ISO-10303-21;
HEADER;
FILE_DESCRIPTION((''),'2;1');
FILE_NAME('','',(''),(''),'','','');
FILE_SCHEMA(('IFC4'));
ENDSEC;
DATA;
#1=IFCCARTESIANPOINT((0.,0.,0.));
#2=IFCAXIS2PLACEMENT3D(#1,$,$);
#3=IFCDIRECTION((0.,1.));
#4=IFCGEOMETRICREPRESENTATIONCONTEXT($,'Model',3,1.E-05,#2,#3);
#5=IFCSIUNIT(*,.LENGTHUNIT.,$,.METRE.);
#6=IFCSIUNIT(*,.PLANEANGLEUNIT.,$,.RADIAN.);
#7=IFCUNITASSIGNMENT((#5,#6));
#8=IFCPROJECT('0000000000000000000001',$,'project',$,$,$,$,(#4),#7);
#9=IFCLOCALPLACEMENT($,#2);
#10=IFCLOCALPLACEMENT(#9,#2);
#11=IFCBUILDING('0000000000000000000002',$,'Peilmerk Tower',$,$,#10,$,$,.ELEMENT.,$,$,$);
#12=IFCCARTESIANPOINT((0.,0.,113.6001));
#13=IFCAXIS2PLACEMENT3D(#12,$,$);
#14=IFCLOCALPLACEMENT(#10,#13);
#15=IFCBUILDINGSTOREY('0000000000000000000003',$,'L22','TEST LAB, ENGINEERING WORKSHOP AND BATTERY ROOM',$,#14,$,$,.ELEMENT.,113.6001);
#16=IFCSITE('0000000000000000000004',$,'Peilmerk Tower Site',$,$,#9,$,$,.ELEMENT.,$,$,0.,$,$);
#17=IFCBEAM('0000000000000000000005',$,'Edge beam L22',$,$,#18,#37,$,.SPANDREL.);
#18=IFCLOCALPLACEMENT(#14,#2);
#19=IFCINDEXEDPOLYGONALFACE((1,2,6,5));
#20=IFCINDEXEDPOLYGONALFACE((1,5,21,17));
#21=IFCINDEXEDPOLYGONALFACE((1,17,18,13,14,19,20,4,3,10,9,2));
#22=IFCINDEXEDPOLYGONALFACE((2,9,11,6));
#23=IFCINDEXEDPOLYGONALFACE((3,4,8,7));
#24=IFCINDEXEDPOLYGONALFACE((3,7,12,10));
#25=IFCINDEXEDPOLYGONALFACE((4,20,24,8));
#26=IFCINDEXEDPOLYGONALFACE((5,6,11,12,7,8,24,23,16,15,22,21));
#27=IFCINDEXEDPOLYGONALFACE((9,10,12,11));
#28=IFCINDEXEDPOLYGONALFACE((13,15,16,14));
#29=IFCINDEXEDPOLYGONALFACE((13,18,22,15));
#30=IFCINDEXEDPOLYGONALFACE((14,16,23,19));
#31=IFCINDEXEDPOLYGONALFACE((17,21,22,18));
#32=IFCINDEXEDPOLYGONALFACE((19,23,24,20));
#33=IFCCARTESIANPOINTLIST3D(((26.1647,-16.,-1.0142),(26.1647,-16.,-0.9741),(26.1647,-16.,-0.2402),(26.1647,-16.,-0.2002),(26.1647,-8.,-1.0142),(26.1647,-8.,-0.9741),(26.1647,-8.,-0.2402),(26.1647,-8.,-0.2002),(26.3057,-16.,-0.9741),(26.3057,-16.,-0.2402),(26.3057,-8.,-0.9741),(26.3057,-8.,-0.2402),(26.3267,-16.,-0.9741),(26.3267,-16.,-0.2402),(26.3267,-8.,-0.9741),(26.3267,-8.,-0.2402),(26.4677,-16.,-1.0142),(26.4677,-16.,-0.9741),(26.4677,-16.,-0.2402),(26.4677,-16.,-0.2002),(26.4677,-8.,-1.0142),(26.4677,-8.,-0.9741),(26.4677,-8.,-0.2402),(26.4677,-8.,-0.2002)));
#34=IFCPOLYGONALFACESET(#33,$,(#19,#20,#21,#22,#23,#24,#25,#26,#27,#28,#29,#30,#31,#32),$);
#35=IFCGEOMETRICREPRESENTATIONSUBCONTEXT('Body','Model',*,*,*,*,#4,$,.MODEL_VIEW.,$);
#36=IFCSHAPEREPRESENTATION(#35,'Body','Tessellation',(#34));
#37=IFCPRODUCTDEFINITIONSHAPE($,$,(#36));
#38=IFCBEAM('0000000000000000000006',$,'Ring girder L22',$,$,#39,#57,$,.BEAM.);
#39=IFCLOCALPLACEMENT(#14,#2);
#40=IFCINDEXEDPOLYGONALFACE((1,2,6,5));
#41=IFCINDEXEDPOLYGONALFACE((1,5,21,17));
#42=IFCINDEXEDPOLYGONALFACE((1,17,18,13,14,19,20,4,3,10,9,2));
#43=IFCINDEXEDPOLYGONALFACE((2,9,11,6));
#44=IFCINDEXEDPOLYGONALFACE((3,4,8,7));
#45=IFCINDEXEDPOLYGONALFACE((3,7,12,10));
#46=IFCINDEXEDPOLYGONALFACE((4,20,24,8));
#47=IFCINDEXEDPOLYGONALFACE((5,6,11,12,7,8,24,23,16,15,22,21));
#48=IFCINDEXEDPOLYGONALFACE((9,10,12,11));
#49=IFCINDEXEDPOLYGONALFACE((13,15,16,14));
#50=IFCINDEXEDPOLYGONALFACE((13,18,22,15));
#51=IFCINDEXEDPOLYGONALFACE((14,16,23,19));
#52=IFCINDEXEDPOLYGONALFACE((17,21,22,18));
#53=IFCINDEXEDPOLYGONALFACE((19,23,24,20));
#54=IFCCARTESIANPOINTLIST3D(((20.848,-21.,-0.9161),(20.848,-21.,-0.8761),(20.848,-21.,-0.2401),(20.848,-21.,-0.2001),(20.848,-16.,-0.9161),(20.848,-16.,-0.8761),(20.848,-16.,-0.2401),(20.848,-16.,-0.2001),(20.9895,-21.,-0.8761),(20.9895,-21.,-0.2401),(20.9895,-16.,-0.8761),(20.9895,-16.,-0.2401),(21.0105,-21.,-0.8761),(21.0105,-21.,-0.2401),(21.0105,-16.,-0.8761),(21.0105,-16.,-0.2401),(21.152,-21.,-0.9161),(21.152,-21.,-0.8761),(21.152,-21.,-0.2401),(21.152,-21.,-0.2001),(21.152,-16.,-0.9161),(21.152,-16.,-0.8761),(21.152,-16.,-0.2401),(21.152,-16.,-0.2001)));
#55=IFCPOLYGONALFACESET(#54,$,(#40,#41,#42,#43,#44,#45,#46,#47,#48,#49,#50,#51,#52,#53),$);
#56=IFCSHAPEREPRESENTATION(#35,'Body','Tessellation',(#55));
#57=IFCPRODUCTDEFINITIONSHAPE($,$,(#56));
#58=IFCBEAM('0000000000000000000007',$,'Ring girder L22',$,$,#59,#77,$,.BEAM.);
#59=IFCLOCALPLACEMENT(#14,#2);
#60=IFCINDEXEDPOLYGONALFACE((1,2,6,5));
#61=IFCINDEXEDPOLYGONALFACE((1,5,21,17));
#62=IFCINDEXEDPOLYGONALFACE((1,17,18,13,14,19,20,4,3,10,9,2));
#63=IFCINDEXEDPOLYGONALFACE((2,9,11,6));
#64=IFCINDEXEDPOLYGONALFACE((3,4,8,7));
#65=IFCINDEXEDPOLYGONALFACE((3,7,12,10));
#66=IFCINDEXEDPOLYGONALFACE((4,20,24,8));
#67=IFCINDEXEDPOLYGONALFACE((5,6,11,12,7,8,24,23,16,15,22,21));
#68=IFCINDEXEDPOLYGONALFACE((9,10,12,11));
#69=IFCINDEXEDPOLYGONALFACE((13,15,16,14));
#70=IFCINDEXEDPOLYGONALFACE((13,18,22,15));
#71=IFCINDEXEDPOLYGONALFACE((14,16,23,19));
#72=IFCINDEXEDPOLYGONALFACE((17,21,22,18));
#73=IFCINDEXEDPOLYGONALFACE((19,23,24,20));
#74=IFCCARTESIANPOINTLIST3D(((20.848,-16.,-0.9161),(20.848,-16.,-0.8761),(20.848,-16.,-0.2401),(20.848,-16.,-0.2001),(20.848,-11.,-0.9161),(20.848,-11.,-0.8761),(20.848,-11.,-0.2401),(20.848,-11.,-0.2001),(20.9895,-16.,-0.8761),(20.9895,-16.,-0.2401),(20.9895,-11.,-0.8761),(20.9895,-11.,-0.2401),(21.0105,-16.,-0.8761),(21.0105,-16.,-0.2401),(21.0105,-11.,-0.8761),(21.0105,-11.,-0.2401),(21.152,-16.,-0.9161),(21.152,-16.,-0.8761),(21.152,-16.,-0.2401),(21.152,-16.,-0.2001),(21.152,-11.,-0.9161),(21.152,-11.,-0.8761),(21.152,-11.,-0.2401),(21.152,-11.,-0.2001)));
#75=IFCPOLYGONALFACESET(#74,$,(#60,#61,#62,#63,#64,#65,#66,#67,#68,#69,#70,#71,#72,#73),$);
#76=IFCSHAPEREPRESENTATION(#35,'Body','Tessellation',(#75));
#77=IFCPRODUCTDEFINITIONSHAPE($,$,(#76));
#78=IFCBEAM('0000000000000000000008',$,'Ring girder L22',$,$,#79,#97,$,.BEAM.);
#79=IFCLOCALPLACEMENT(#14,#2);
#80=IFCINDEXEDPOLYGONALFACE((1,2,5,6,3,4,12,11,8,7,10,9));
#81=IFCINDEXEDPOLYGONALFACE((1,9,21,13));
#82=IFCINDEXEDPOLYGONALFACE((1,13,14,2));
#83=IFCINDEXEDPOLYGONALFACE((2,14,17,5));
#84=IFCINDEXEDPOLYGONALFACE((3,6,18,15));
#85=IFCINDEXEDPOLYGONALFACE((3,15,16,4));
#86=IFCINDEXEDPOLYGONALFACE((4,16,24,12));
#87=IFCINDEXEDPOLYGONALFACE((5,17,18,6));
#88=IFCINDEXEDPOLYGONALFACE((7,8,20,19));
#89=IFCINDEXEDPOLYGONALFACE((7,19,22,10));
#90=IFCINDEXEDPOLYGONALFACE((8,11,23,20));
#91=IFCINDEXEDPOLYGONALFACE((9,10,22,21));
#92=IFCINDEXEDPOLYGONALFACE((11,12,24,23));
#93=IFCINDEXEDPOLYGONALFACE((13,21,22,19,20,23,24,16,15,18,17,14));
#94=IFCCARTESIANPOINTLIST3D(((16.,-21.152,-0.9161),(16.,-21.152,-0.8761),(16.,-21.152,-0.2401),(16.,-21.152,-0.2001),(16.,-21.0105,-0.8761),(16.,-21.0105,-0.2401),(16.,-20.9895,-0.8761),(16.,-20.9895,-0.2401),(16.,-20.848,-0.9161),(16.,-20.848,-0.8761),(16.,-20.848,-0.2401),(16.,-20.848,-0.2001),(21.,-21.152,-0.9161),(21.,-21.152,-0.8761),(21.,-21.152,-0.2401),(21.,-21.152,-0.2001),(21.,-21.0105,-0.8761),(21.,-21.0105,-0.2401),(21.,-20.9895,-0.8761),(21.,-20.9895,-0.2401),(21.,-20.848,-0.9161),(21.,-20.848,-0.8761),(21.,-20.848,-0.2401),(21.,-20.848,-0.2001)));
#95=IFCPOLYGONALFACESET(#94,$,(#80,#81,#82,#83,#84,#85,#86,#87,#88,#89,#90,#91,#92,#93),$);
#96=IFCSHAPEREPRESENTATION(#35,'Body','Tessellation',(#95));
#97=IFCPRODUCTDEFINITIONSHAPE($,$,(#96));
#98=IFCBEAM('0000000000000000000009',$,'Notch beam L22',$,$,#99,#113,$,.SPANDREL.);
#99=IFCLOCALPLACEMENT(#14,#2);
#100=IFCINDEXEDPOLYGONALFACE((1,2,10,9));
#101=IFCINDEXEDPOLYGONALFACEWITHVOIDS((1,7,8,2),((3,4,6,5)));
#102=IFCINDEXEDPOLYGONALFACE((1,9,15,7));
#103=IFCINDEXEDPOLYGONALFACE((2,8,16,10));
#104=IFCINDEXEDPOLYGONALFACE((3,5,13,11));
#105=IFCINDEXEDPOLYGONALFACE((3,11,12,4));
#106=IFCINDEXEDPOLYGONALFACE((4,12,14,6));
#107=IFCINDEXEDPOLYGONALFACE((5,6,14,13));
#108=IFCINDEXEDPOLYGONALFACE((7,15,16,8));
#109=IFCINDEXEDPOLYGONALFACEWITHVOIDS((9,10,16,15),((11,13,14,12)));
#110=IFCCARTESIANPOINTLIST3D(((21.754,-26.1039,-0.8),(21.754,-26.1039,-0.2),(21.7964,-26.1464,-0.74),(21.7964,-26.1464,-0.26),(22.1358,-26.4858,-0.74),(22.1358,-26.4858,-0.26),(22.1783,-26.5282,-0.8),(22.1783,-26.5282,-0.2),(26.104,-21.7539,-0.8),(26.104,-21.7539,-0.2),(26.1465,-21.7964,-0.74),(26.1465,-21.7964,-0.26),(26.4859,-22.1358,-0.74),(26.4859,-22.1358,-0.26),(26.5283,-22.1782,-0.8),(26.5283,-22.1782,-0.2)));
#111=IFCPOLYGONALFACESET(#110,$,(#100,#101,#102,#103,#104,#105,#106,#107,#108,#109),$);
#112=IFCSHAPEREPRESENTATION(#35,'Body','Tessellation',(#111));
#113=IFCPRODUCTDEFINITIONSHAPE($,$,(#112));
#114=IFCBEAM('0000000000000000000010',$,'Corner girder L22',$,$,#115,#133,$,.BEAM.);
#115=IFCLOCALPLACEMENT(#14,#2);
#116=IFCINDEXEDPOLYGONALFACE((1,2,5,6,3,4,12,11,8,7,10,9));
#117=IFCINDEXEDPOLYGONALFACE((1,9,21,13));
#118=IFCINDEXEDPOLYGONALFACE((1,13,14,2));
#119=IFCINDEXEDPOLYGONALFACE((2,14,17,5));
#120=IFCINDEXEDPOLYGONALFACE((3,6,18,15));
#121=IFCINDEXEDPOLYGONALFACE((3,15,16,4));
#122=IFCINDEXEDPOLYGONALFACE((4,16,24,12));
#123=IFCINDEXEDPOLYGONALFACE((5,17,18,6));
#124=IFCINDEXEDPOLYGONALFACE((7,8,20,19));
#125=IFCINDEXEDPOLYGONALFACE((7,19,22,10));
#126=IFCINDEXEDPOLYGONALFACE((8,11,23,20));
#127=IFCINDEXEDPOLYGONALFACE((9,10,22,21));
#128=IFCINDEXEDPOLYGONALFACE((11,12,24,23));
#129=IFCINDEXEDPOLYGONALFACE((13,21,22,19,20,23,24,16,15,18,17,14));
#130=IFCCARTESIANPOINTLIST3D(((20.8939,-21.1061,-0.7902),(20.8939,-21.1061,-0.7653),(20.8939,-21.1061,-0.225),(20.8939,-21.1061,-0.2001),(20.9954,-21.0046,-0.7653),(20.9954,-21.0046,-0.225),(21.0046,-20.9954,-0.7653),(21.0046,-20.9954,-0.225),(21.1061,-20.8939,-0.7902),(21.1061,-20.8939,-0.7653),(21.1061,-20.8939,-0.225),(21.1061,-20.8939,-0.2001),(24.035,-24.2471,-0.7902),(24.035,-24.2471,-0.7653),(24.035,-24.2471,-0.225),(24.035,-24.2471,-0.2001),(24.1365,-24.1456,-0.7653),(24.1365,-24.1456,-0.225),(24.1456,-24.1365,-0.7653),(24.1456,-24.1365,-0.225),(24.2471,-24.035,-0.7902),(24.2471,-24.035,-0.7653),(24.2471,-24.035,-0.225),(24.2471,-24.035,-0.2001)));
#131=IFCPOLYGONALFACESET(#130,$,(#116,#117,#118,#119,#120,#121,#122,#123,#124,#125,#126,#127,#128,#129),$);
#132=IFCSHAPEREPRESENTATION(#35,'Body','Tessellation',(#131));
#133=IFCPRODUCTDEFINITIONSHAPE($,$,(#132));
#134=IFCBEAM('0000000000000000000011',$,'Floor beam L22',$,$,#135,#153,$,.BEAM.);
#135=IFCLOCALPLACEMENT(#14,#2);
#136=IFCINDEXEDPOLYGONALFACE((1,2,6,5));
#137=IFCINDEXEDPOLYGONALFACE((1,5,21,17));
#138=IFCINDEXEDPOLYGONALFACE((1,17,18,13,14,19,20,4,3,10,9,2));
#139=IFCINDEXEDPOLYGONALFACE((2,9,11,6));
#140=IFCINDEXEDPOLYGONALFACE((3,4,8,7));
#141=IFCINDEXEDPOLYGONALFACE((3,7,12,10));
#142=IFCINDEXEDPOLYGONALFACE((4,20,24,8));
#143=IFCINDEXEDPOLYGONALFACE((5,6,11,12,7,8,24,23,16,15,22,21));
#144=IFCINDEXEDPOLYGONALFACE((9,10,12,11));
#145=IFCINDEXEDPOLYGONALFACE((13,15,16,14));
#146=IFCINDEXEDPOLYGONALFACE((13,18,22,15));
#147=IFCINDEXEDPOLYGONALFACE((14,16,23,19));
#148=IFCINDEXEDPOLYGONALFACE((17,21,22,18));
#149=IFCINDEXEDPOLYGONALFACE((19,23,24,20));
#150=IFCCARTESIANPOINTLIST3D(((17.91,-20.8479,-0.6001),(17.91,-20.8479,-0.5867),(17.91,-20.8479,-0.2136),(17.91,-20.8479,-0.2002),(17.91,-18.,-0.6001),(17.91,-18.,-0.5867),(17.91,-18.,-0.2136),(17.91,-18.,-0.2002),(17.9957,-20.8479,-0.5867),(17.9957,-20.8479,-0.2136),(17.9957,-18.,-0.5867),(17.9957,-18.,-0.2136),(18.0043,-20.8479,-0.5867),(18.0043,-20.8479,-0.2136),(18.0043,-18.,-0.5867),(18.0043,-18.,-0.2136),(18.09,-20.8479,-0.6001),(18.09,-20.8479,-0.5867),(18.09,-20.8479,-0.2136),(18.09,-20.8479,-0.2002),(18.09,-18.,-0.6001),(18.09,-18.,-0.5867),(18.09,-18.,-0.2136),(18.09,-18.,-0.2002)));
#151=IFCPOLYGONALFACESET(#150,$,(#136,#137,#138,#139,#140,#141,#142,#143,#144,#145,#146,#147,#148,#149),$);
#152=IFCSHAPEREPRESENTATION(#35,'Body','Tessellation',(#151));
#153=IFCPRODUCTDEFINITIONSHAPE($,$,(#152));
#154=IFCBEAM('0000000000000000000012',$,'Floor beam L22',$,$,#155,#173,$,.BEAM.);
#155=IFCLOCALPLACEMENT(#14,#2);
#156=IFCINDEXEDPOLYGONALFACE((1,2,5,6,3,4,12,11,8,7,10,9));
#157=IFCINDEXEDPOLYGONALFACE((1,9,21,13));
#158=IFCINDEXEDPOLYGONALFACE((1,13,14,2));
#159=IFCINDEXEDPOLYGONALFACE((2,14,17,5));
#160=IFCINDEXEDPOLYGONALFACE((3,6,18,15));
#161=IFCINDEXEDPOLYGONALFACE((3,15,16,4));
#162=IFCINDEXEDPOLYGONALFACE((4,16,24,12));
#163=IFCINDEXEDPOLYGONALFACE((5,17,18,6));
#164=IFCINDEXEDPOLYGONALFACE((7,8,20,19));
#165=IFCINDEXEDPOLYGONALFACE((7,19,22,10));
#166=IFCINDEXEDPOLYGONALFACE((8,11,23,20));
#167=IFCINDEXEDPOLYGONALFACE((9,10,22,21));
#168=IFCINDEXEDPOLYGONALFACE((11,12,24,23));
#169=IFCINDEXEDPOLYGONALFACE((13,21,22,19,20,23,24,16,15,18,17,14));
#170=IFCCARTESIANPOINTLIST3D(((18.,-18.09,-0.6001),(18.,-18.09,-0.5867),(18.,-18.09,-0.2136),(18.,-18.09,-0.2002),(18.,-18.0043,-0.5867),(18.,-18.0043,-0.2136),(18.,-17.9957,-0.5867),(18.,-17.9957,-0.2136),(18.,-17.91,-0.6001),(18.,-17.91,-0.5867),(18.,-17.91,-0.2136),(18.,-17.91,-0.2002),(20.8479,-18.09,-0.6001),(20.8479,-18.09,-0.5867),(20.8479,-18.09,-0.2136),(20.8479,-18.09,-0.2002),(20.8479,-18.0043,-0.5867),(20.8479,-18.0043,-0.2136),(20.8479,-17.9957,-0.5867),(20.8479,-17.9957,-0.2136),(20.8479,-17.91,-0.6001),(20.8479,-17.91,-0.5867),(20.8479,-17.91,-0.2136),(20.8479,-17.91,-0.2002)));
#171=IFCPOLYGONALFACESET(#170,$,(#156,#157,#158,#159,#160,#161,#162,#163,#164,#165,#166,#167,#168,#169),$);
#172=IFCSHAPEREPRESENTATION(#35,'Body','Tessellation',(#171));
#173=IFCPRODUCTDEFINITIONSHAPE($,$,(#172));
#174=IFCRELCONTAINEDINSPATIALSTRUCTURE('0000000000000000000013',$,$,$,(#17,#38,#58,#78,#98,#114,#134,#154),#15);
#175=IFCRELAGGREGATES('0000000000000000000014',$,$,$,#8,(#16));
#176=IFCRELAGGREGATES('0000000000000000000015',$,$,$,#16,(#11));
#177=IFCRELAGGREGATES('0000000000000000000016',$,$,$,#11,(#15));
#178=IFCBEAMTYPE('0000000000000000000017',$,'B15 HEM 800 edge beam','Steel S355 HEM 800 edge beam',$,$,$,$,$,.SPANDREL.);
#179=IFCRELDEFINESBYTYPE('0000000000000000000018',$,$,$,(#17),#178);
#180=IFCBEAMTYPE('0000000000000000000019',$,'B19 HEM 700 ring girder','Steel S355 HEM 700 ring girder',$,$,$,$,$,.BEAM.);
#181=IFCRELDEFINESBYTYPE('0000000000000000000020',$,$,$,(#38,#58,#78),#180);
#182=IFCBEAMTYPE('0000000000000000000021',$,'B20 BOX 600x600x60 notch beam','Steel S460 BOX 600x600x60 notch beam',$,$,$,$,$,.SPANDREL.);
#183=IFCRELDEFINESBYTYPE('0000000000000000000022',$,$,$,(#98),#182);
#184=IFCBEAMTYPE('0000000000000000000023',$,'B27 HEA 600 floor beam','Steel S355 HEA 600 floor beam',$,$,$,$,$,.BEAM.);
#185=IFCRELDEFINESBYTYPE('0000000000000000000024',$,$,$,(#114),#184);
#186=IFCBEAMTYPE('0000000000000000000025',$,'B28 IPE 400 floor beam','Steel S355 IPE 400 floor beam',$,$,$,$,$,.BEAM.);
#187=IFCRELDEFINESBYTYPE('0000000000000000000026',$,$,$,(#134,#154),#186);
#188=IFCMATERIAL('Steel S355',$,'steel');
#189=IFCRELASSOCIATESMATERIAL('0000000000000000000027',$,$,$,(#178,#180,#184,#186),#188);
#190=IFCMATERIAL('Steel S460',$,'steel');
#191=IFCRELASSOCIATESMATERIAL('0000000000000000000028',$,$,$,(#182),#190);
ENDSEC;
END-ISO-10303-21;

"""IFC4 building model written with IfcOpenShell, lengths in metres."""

from ifc_helpers import new_model, si_unit, direction, frame, origin, origin_2d, place, context, subcontext, project, spatial, hollow_rectangle, i_section, extrude, material, material_profile, profile_set, type_object, element, save


model = new_model("IFC4")

# Units and contexts
model_context = context("Model", 3, precision=1e-05, world=origin(), true_north=direction((0.0, 1.0)))
body_context = subcontext(model_context, "Body", "Model", "MODEL_VIEW")
ifc_project = project(units=[si_unit("LENGTHUNIT", "METRE"), si_unit("PLANEANGLEUNIT", "RADIAN")], contexts=[model_context])

# Site, building, storey
site_placement = place(None, origin())
site = spatial("IfcSite", under=ifc_project, at=site_placement, Name="Peilmerk Tower Site", CompositionType="ELEMENT", RefElevation=0.0)
building_placement = place(site_placement, origin())
building = spatial("IfcBuilding", under=site, at=building_placement, Name="Peilmerk Tower", CompositionType="ELEMENT")
storey_placement = place(building_placement, frame((0.0, 0.0, 113.6001)))
storey = spatial("IfcBuildingStorey", under=building, at=storey_placement, Name="L22", Description="TEST LAB, ENGINEERING WORKSHOP AND BATTERY ROOM", CompositionType="ELEMENT", Elevation=113.6001)

# Shared definitions
ifc_material_1 = material(Name="Steel S460", Category="steel")

# Beams
ifc_material_2 = material(Name="Steel S355", Category="steel")
ifc_material_profile_1 = material_profile(ifc_material_2, i_section(OverallWidth=0.303, OverallDepth=0.814, WebThickness=0.021, FlangeThickness=0.04, at=origin_2d()), Name="HEM 800")
ifc_profile_set_1 = profile_set([ifc_material_profile_1], Name="Steel S355")
beam_type_1 = type_object("IfcBeamType", Name="B15 HEM 800 edge beam", Description="Steel S355 HEM 800 edge beam", PredefinedType="SPANDREL", material=ifc_profile_set_1)
beam_1_placement = place(storey_placement, frame((26.3162, -16.0, -0.6072), z_axis=(0.0, 1.0, 0.0), x_axis=(-1.0, 0.0, 0.0)))
element("IfcBeam", 1, at=beam_1_placement, inside=storey, type_object=beam_type_1, Name="Edge beam L22", PredefinedType="SPANDREL", context=body_context, shape_type="SweptSolid", body=[
    extrude(i_section(OverallWidth=0.303, OverallDepth=0.814, WebThickness=0.021, FlangeThickness=0.04, at=origin_2d()), origin(), (0.0, 0.0, 1.0), 8.0),
])
ifc_material_profile_2 = material_profile(ifc_material_2, i_section(OverallWidth=0.304, OverallDepth=0.7161, WebThickness=0.021, FlangeThickness=0.04, at=origin_2d()), Name="HEM 700")
ifc_profile_set_2 = profile_set([ifc_material_profile_2], Name="Steel S355")
beam_type_2 = type_object("IfcBeamType", Name="B19 HEM 700 ring girder", Description="Steel S355 HEM 700 ring girder", PredefinedType="BEAM", material=ifc_profile_set_2)
for number, where, z_axis, x_axis, name in (
    (2, (21.0, -21.0, -0.5581), (0.0, 1.0, 0.0), (-1.0, 0.0, 0.0), "Ring girder L22"),
    (3, (21.0, -16.0, -0.5581), (0.0, 1.0, 0.0), (-1.0, 0.0, 0.0), "Ring girder L22"),
    (4, (16.0, -21.0, -0.5581), (1.0, 0.0, 0.0), (0.0, 1.0, 0.0), "Ring girder L22"),
):
    element("IfcBeam", number, at=place(storey_placement, frame(where, z_axis=z_axis, x_axis=x_axis)), inside=storey, type_object=beam_type_2, Name=name, PredefinedType="BEAM", context=body_context, shape_type="SweptSolid", body=[
        extrude(i_section(OverallWidth=0.304, OverallDepth=0.7161, WebThickness=0.021, FlangeThickness=0.04, at=origin_2d()), origin(), (0.0, 0.0, 1.0), 5.0),
    ])
ifc_material_profile_3 = material_profile(ifc_material_1, hollow_rectangle(XDim=0.6001, YDim=0.6001, WallThickness=0.0601, at=origin_2d()), Name="BOX 600x600x60")
ifc_profile_set_3 = profile_set([ifc_material_profile_3], Name="Steel S460")
beam_type_3 = type_object("IfcBeamType", Name="B20 BOX 600x600x60 notch beam", Description="Steel S460 BOX 600x600x60 notch beam", PredefinedType="SPANDREL", material=ifc_profile_set_3)
beam_2_placement = place(storey_placement, frame((26.3162, -21.9661, -0.5), z_axis=(-0.707107, -0.707107, 0.0), x_axis=(0.707107, -0.707107, 0.0)))
element("IfcBeam", 5, at=beam_2_placement, inside=storey, type_object=beam_type_3, Name="Notch beam L22", PredefinedType="SPANDREL", context=body_context, shape_type="SweptSolid", body=[
    extrude(hollow_rectangle(XDim=0.6001, YDim=0.6001, WallThickness=0.0601, at=origin_2d()), origin(), (0.0, 0.0, 1.0), 6.1519),
])
ifc_material_profile_4 = material_profile(ifc_material_2, i_section(OverallWidth=0.3, OverallDepth=0.5901, WebThickness=0.0129, FlangeThickness=0.0249, at=origin_2d()), Name="HEA 600")
ifc_profile_set_4 = profile_set([ifc_material_profile_4], Name="Steel S355")
beam_type_4 = type_object("IfcBeamType", Name="B27 HEA 600 floor beam", Description="Steel S355 HEA 600 floor beam", PredefinedType="BEAM", material=ifc_profile_set_4)
beam_3_placement = place(storey_placement, frame((21.0, -21.0, -0.4951), z_axis=(0.707107, -0.707107, 0.0), x_axis=(0.707107, 0.707107, 0.0)))
element("IfcBeam", 6, at=beam_3_placement, inside=storey, type_object=beam_type_4, Name="Corner girder L22", PredefinedType="BEAM", context=body_context, shape_type="SweptSolid", body=[
    extrude(i_section(OverallWidth=0.3, OverallDepth=0.5901, WebThickness=0.0129, FlangeThickness=0.0249, at=origin_2d()), origin(), (0.0, 0.0, 1.0), 4.4421),
])
ifc_material_profile_5 = material_profile(ifc_material_2, i_section(OverallWidth=0.1799, OverallDepth=0.3999, WebThickness=0.0085, FlangeThickness=0.0134, at=origin_2d()), Name="IPE 400")
ifc_profile_set_5 = profile_set([ifc_material_profile_5], Name="Steel S355")
beam_type_5 = type_object("IfcBeamType", Name="B28 IPE 400 floor beam", Description="Steel S355 IPE 400 floor beam", PredefinedType="BEAM", material=ifc_profile_set_5)
for number, where, z_axis, x_axis, name in (
    (7, (18.0, -18.0, -0.4001), (0.0, -1.0, 0.0), (1.0, 0.0, 0.0), "Floor beam L22"),
    (8, (18.0, -18.0, -0.4001), (1.0, 0.0, 0.0), (0.0, 1.0, 0.0), "Floor beam L22"),
):
    element("IfcBeam", number, at=place(storey_placement, frame(where, z_axis=z_axis, x_axis=x_axis)), inside=storey, type_object=beam_type_5, Name=name, PredefinedType="BEAM", context=body_context, shape_type="SweptSolid", body=[
        extrude(i_section(OverallWidth=0.1799, OverallDepth=0.3999, WebThickness=0.0085, FlangeThickness=0.0134, at=origin_2d()), origin(), (0.0, 0.0, 1.0), 2.8479),
    ])

save(model, "model.ifc")
